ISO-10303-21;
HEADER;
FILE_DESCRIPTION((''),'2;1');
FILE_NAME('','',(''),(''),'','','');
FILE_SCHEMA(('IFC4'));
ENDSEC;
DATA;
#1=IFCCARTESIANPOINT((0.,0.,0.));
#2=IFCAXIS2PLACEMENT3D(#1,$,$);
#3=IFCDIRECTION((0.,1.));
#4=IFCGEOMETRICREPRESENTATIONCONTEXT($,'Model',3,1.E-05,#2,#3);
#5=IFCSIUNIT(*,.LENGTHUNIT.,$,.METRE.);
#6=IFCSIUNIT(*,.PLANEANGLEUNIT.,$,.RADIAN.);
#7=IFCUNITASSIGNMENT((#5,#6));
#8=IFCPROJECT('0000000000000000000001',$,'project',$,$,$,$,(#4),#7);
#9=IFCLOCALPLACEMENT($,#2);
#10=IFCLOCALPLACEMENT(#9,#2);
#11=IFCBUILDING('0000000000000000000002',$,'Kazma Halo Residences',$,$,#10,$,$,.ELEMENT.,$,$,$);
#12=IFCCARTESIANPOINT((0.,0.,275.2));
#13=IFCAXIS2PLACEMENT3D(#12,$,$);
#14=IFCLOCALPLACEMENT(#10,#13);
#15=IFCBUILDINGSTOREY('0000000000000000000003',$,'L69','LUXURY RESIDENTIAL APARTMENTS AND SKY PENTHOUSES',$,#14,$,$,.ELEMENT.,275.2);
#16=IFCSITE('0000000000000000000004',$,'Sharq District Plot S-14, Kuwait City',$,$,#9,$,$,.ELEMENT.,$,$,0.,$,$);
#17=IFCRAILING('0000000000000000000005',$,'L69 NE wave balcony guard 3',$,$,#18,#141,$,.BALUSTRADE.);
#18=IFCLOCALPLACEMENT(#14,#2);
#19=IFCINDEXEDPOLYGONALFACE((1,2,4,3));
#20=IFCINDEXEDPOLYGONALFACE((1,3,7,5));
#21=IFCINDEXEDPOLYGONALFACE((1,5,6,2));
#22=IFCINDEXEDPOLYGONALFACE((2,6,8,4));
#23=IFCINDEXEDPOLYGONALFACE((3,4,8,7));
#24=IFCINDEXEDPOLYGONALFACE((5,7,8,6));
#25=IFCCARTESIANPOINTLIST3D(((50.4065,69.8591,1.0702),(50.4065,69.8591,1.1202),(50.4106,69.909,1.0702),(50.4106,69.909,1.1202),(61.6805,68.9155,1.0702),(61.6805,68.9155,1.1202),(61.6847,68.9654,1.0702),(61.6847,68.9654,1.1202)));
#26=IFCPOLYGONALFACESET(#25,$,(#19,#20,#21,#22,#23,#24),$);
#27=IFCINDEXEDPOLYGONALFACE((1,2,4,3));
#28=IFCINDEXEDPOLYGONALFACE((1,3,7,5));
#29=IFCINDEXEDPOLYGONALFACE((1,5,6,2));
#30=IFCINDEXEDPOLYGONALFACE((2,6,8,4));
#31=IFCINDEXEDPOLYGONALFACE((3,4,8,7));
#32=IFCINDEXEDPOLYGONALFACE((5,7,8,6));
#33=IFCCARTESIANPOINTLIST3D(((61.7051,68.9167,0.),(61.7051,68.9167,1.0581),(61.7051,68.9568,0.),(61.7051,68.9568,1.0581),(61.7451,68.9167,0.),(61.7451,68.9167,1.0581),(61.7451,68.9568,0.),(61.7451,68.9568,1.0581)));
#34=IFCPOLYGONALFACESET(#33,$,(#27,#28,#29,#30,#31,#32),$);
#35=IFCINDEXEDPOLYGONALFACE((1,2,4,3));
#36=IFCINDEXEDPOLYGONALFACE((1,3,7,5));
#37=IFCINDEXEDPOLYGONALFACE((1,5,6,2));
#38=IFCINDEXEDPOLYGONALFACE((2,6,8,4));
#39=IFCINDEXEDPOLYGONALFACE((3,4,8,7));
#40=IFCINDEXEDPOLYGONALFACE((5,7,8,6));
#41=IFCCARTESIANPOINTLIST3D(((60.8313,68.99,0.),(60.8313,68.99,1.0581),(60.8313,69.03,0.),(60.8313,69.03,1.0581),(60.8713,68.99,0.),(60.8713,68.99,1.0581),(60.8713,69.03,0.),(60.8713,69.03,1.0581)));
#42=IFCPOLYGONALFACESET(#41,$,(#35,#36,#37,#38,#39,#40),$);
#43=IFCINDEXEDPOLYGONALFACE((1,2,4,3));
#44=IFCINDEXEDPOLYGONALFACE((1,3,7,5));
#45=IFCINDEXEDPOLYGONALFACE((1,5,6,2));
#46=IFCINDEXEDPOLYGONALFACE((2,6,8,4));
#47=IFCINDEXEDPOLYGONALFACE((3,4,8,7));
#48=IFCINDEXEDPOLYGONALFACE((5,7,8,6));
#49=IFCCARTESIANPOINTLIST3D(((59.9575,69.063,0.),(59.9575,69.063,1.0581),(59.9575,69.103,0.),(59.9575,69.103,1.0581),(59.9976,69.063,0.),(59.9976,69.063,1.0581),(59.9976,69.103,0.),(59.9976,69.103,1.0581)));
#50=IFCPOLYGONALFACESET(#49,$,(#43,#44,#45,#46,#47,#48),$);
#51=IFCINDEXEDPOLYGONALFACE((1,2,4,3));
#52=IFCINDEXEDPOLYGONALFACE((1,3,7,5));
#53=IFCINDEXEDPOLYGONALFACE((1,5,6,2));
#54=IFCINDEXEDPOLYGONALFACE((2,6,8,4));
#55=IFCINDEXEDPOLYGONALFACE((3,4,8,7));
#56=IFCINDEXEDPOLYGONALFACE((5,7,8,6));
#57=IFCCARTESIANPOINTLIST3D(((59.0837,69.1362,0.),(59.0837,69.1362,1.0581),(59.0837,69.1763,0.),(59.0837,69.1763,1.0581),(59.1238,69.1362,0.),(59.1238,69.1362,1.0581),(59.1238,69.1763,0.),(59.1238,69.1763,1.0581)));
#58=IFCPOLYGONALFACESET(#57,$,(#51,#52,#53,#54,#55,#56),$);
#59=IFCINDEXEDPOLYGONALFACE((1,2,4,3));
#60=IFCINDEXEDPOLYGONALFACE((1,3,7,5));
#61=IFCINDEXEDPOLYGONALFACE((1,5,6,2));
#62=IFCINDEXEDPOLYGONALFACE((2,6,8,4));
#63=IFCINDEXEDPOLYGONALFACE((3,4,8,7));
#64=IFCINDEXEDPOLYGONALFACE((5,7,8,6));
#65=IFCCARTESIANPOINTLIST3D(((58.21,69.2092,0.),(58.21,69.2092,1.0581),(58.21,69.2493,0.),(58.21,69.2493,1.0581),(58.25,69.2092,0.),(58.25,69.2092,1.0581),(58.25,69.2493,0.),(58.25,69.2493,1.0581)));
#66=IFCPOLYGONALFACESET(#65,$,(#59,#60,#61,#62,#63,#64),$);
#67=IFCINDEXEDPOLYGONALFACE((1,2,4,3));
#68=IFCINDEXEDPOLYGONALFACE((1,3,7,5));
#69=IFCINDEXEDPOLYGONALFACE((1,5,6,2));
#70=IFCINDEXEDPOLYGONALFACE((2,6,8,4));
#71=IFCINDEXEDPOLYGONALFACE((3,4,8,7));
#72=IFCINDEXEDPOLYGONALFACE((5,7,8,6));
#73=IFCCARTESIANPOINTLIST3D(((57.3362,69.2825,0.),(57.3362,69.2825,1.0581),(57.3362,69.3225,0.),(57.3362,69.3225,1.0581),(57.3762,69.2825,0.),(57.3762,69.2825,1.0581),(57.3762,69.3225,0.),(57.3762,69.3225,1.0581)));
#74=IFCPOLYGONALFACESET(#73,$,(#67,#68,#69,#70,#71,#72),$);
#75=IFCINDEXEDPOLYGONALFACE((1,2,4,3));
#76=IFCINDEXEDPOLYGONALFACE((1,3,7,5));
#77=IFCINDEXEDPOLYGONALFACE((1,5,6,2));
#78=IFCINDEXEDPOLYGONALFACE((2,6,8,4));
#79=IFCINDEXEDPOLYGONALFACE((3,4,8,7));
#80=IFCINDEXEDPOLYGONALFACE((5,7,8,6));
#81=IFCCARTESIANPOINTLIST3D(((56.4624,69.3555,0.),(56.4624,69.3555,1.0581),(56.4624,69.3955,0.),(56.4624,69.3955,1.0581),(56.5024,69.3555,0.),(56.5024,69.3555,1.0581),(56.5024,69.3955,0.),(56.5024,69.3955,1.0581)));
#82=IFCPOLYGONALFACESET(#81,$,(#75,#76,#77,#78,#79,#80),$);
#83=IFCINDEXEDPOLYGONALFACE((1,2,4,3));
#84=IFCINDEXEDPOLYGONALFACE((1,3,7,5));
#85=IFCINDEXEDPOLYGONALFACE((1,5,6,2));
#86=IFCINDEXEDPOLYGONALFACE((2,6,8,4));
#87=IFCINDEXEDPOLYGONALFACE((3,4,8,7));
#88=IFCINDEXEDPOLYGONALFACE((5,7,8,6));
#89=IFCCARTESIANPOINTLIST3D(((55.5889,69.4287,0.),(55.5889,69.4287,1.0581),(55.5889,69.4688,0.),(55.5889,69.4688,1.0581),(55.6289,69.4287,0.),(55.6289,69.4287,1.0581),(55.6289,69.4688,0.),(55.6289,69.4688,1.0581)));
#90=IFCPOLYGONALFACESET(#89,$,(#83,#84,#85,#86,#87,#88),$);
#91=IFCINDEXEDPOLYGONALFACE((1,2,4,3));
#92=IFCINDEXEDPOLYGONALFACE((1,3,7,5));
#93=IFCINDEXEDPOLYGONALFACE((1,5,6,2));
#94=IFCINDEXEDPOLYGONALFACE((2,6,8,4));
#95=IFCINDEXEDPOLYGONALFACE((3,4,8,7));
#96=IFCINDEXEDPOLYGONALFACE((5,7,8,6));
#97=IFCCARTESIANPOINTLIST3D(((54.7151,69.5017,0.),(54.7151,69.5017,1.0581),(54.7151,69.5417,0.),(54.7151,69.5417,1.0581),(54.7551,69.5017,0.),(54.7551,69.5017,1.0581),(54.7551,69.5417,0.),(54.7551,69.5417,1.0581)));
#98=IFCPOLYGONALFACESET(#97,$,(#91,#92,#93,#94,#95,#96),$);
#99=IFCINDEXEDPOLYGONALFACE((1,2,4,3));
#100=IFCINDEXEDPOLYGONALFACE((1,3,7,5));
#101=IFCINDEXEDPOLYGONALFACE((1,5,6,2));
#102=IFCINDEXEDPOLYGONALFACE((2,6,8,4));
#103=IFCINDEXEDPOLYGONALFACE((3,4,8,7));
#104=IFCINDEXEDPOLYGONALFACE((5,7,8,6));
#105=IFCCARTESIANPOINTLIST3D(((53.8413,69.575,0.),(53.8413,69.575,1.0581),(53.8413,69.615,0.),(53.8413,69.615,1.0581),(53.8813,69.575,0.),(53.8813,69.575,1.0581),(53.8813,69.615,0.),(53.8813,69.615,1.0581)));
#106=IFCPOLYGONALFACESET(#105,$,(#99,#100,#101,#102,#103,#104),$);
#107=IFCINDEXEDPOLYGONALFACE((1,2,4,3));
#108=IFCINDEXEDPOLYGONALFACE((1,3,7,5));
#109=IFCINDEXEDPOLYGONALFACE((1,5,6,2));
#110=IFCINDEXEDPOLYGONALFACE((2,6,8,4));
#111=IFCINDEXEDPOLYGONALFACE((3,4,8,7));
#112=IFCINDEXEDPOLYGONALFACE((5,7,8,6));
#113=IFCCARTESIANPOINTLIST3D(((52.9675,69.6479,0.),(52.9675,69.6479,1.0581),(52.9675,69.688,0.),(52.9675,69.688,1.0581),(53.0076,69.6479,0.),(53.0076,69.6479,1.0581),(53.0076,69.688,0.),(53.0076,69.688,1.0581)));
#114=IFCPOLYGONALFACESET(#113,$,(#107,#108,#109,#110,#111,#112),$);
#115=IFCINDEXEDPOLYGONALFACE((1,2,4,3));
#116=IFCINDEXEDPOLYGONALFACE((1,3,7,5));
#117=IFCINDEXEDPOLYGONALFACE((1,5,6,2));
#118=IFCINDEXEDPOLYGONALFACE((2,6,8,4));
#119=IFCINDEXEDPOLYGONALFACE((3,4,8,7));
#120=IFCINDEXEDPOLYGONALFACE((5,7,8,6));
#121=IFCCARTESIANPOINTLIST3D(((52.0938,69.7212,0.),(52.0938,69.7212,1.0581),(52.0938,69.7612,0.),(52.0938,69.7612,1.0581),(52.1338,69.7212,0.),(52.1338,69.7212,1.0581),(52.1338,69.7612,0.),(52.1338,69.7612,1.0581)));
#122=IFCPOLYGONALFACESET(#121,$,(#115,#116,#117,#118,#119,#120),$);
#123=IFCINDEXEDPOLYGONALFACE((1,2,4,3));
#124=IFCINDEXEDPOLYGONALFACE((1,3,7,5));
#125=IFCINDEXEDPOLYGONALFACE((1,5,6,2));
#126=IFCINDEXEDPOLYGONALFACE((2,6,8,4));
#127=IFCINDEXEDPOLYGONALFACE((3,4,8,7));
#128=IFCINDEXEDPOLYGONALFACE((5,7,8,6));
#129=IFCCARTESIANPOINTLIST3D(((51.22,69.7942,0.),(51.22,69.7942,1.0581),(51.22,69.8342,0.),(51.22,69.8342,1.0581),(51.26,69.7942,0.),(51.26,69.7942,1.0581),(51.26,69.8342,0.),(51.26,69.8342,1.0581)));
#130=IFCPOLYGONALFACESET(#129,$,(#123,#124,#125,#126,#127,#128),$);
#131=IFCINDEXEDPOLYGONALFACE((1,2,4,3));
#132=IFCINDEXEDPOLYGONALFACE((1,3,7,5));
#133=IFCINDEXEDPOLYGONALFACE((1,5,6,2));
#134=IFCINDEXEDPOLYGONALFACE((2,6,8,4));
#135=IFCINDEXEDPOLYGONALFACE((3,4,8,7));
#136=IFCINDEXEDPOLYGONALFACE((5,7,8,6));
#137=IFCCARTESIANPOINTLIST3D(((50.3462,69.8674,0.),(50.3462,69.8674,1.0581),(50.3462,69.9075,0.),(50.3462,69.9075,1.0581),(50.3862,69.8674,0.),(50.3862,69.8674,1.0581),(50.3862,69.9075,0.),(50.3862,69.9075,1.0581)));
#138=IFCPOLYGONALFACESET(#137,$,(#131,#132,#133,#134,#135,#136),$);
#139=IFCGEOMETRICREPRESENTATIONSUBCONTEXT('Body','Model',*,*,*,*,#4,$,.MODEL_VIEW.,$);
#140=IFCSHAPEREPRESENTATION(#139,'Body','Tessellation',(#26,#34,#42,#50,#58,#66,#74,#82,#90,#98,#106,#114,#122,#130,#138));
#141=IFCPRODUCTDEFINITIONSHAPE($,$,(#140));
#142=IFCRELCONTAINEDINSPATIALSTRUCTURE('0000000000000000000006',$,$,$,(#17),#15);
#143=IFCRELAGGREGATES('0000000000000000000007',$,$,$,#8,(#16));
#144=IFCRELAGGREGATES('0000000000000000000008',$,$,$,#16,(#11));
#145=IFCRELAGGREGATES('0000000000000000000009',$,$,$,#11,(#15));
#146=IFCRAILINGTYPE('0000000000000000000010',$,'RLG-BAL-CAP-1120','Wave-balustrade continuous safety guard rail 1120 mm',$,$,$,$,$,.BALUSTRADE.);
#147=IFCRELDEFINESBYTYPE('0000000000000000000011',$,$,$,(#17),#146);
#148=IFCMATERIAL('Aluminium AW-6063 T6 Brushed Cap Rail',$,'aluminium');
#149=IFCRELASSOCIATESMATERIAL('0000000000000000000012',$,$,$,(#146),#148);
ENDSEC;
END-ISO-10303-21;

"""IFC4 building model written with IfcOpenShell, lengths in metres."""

from ifc_helpers import new_model, si_unit, direction, frame, origin, origin_2d, place, context, subcontext, project, spatial, rectangle, extrude, material, type_object, element, save


model = new_model("IFC4")

# Units and contexts
model_context = context("Model", 3, precision=1e-05, world=origin(), true_north=direction((0.0, 1.0)))
body_context = subcontext(model_context, "Body", "Model", "MODEL_VIEW")
ifc_project = project(units=[si_unit("LENGTHUNIT", "METRE"), si_unit("PLANEANGLEUNIT", "RADIAN")], contexts=[model_context])

# Site, building, storey
site_placement = place(None, origin())
site = spatial("IfcSite", under=ifc_project, at=site_placement, Name="Sharq District Plot S-14, Kuwait City", CompositionType="ELEMENT", RefElevation=0.0)
building_placement = place(site_placement, origin())
building = spatial("IfcBuilding", under=site, at=building_placement, Name="Kazma Halo Residences", CompositionType="ELEMENT")
storey_placement = place(building_placement, frame((0.0, 0.0, 275.2)))
storey = spatial("IfcBuildingStorey", under=building, at=storey_placement, Name="L69", Description="LUXURY RESIDENTIAL APARTMENTS AND SKY PENTHOUSES", CompositionType="ELEMENT", Elevation=275.2)

# Railing
ifc_material_1 = material(Name="Aluminium AW-6063 T6 Brushed Cap Rail", Category="aluminium")
railing_type = type_object("IfcRailingType", Name="RLG-BAL-CAP-1120", Description="Wave-balustrade continuous safety guard rail 1120 mm", PredefinedType="BALUSTRADE", material=ifc_material_1)
railing_1_placement = place(storey_placement, frame((61.7251, 68.9368, 0.0)))
element("IfcRailing", 1, at=railing_1_placement, inside=storey, type_object=railing_type, Name="L69 NE wave balcony guard 3", PredefinedType="BALUSTRADE", context=body_context, shape_type="SweptSolid", body=[
    extrude(rectangle(XDim=0.05, YDim=0.05, at=origin_2d()), frame((-0.0425, 0.0037, 1.0952), z_axis=(-0.996516, 0.083404, 0.0), x_axis=(-0.083404, -0.996516, 0.0)), (0.0, 0.0, 1.0), 11.3135),
    extrude(rectangle(XDim=0.04, YDim=0.04, at=origin_2d()), origin(), (0.0, 0.0, 1.0), 1.0581),
    extrude(rectangle(XDim=0.04, YDim=0.04, at=origin_2d()), frame((-0.8738, 0.0732, 0.0)), (0.0, 0.0, 1.0), 1.0581),
    extrude(rectangle(XDim=0.04, YDim=0.04, at=origin_2d()), frame((-1.7476, 0.1462, 0.0)), (0.0, 0.0, 1.0), 1.0581),
    extrude(rectangle(XDim=0.04, YDim=0.04, at=origin_2d()), frame((-2.6213, 0.2195, 0.0)), (0.0, 0.0, 1.0), 1.0581),
    extrude(rectangle(XDim=0.04, YDim=0.04, at=origin_2d()), frame((-3.4951, 0.2925, 0.0)), (0.0, 0.0, 1.0), 1.0581),
    extrude(rectangle(XDim=0.04, YDim=0.04, at=origin_2d()), frame((-4.3689, 0.3657, 0.0)), (0.0, 0.0, 1.0), 1.0581),
    extrude(rectangle(XDim=0.04, YDim=0.04, at=origin_2d()), frame((-5.2427, 0.4387, 0.0)), (0.0, 0.0, 1.0), 1.0581),
    extrude(rectangle(XDim=0.04, YDim=0.04, at=origin_2d()), frame((-6.1162, 0.512, 0.0)), (0.0, 0.0, 1.0), 1.0581),
    extrude(rectangle(XDim=0.04, YDim=0.04, at=origin_2d()), frame((-6.99, 0.585, 0.0)), (0.0, 0.0, 1.0), 1.0581),
    extrude(rectangle(XDim=0.04, YDim=0.04, at=origin_2d()), frame((-7.8638, 0.6582, 0.0)), (0.0, 0.0, 1.0), 1.0581),
    extrude(rectangle(XDim=0.04, YDim=0.04, at=origin_2d()), frame((-8.7375, 0.7312, 0.0)), (0.0, 0.0, 1.0), 1.0581),
    extrude(rectangle(XDim=0.04, YDim=0.04, at=origin_2d()), frame((-9.6113, 0.8044, 0.0)), (0.0, 0.0, 1.0), 1.0581),
    extrude(rectangle(XDim=0.04, YDim=0.04, at=origin_2d()), frame((-10.4851, 0.8774, 0.0)), (0.0, 0.0, 1.0), 1.0581),
    extrude(rectangle(XDim=0.04, YDim=0.04, at=origin_2d()), frame((-11.3589, 0.9507, 0.0)), (0.0, 0.0, 1.0), 1.0581),
])

save(model, "model.ifc")
